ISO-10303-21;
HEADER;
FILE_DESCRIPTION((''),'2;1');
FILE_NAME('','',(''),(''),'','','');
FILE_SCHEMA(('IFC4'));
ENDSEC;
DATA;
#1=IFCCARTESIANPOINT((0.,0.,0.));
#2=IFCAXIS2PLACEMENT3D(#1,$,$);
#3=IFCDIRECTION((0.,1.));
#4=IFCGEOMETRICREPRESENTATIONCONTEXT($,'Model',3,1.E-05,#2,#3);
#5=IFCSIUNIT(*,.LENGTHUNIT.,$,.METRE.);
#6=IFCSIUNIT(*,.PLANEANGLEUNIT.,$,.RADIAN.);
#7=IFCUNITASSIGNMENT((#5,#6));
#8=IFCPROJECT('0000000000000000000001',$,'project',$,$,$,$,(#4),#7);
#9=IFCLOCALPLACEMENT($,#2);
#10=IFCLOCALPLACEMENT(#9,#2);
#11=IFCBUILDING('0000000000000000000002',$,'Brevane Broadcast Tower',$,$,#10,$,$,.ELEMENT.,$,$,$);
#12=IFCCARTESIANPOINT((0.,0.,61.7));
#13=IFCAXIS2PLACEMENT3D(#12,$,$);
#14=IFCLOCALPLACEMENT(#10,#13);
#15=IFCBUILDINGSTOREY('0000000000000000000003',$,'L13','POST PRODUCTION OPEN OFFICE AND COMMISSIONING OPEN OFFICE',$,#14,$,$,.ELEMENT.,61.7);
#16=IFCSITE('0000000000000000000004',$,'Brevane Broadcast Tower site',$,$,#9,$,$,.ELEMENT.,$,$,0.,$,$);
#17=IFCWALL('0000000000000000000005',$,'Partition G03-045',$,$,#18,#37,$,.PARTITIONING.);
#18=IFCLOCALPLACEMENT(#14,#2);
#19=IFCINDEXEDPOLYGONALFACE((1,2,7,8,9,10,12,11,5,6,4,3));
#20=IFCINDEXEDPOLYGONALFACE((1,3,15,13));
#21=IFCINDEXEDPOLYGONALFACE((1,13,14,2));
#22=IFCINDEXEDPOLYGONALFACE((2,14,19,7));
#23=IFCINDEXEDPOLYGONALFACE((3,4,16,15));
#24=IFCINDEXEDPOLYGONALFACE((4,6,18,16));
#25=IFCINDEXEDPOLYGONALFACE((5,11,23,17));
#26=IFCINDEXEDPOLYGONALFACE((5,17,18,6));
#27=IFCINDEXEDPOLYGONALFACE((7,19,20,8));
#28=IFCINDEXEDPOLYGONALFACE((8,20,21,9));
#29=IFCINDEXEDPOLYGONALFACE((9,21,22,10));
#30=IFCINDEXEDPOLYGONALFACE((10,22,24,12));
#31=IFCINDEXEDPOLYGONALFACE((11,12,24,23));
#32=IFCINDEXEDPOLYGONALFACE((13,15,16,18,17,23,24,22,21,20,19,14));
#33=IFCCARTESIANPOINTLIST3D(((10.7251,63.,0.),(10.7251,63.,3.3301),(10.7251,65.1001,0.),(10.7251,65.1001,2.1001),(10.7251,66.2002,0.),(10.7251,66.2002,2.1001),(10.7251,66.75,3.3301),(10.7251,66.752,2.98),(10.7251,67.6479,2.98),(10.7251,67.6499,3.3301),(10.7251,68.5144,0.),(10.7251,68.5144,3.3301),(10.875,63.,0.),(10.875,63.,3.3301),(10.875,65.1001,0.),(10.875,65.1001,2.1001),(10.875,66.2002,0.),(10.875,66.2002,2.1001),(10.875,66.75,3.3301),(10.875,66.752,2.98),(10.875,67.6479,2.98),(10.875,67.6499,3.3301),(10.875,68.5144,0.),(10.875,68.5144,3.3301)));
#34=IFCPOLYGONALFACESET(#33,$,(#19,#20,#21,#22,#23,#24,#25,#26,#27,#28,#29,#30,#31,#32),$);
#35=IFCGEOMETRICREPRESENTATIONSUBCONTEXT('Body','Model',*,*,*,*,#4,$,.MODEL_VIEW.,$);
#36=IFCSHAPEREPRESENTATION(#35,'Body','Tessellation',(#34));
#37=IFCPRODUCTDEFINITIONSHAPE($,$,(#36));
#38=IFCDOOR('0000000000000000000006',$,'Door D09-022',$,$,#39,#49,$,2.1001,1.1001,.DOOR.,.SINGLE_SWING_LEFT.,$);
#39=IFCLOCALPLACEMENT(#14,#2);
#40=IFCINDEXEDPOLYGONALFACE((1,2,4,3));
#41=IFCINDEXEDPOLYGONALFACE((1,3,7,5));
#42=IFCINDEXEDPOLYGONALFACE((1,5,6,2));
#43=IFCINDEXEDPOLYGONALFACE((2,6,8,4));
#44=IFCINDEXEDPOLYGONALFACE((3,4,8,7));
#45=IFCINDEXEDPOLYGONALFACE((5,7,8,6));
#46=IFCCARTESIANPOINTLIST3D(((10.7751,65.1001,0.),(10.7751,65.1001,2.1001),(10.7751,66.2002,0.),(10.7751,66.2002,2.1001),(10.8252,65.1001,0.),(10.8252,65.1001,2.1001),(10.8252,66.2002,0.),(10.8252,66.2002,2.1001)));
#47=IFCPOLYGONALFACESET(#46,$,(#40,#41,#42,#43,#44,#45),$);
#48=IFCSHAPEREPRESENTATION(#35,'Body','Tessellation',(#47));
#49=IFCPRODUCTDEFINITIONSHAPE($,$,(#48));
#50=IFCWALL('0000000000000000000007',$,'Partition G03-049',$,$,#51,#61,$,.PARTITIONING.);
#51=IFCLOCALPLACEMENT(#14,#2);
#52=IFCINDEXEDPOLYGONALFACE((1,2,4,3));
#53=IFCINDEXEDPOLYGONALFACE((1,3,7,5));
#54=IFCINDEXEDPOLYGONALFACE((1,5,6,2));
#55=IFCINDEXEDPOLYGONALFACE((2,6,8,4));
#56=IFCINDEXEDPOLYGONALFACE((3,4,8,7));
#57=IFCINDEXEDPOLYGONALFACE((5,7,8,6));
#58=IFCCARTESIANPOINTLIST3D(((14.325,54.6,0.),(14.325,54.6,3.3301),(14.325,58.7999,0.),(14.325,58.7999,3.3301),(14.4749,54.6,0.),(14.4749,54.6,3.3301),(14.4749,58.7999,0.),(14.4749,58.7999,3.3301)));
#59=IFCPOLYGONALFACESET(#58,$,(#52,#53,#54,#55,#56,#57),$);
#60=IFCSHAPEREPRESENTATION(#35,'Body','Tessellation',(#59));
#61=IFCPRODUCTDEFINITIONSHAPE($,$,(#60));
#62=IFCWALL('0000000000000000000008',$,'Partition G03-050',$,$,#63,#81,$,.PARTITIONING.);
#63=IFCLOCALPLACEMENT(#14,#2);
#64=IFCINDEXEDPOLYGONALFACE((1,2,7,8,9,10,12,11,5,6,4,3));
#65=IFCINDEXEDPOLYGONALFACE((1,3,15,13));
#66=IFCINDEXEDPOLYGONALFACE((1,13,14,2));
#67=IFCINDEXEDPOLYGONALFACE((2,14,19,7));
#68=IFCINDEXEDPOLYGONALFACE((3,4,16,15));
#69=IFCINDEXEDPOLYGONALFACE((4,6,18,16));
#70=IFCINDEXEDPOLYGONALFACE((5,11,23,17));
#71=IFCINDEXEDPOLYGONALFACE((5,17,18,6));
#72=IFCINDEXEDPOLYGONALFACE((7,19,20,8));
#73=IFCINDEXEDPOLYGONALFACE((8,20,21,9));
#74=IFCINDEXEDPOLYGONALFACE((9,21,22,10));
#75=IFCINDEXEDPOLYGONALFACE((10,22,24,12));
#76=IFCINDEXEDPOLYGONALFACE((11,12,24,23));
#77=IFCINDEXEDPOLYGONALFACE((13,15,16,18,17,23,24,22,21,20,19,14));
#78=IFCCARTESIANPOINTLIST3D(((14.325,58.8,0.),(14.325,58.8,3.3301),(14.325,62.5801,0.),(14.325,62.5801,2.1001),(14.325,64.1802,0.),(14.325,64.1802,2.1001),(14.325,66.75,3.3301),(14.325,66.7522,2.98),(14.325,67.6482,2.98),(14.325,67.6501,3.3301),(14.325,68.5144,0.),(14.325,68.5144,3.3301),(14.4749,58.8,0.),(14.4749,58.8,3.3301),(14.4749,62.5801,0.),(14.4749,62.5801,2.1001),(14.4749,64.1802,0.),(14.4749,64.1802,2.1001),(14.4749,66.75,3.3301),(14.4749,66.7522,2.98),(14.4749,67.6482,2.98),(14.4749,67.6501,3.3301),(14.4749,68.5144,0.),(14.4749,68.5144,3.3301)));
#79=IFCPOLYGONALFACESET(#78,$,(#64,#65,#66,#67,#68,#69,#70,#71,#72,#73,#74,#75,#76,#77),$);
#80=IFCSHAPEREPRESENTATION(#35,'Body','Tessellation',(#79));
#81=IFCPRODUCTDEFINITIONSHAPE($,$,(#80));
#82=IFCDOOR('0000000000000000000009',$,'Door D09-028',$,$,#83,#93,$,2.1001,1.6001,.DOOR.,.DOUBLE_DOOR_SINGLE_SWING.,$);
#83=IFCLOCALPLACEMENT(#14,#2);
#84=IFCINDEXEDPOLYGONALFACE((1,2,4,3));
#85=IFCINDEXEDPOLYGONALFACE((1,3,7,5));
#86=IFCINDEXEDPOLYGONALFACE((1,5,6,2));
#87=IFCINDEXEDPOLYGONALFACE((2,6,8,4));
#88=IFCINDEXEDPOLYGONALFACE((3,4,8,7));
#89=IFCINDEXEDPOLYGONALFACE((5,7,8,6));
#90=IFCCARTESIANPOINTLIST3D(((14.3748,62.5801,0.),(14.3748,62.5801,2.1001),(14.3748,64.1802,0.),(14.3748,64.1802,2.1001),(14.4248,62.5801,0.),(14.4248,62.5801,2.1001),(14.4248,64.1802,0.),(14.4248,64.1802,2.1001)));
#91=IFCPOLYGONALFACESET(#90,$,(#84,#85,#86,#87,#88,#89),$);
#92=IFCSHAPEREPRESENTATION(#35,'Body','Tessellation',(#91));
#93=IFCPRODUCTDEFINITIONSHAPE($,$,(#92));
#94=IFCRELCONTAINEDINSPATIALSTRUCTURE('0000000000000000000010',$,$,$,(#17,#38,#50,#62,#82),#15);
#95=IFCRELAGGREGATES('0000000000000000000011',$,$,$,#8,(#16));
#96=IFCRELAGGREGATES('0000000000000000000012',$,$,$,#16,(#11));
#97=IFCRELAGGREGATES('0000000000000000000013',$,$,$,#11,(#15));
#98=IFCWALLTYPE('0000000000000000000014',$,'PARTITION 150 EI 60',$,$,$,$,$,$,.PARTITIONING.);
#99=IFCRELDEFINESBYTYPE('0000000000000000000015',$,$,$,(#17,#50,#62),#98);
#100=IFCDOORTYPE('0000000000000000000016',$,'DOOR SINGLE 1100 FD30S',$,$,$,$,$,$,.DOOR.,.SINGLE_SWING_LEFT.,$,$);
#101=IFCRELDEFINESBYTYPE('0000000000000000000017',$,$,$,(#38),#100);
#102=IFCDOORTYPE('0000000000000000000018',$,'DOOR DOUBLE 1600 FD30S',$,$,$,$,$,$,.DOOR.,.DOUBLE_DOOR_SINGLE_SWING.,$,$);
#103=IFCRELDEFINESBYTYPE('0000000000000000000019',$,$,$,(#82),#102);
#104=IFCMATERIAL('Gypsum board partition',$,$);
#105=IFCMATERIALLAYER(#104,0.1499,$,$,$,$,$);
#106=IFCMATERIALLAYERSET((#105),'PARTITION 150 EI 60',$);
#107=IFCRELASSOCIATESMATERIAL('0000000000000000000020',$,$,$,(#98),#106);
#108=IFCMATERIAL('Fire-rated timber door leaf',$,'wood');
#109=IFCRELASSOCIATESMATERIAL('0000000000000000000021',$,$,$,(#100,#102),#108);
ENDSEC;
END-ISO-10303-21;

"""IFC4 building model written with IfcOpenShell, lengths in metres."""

from ifc_helpers import new_model, si_unit, direction, frame, frame_2d, origin, place, context, subcontext, project, spatial, polyline, rectangle, outline, extrude, material, layer, layer_set, type_object, element, fill, save


model = new_model("IFC4")

# Units and contexts
model_context = context("Model", 3, precision=1e-05, world=origin(), true_north=direction((0.0, 1.0)))
body_context = subcontext(model_context, "Body", "Model", "MODEL_VIEW")
ifc_project = project(units=[si_unit("LENGTHUNIT", "METRE"), si_unit("PLANEANGLEUNIT", "RADIAN")], contexts=[model_context])

# Site, building, storey
site_placement = place(None, origin())
site = spatial("IfcSite", under=ifc_project, at=site_placement, Name="Brevane Broadcast Tower site", CompositionType="ELEMENT", RefElevation=0.0)
building_placement = place(site_placement, origin())
building = spatial("IfcBuilding", under=site, at=building_placement, Name="Brevane Broadcast Tower", CompositionType="ELEMENT")
storey_placement = place(building_placement, frame((0.0, 0.0, 61.7)))
storey = spatial("IfcBuildingStorey", under=building, at=storey_placement, Name="L13", Description="POST PRODUCTION OPEN OFFICE AND COMMISSIONING OPEN OFFICE", CompositionType="ELEMENT", Elevation=61.7)

# Shared definitions
ifc_material_1 = material(Name="Gypsum board partition")

# Wall, opening, door
ifc_layer_1 = layer(ifc_material_1, 0.1499)
ifc_layer_set_1 = layer_set([ifc_layer_1], Name="PARTITION 150 EI 60")
wall_type_1 = type_object("IfcWallType", Name="PARTITION 150 EI 60", PredefinedType="PARTITIONING", material=ifc_layer_set_1)
ifc_material_2 = material(Name="Fire-rated timber door leaf", Category="wood")
door_type_1 = type_object("IfcDoorType", Name="DOOR SINGLE 1100 FD30S", OperationType="SINGLE_SWING_LEFT", PredefinedType="DOOR", material=ifc_material_2)
wall_1_placement = place(storey_placement, frame((10.8, 63.0, 0.0), z_axis=(0.0, 0.0, 1.0), x_axis=(0.0, 1.0, 0.0)))
wall_1 = element("IfcWall", 1, at=wall_1_placement, inside=storey, type_object=wall_type_1, Name="Partition G03-045", PredefinedType="PARTITIONING", context=body_context, shape_type="SweptSolid", body=[
    extrude(outline(polyline([(0.0, 0.0), (5.5144, 0.0), (5.5144, 3.3301), (5.28, 3.3301), (4.6499, 3.3301), (4.6479, 2.98), (3.752, 2.98), (3.75, 3.3301), (0.0, 3.3301), (0.0, 0.0)])), frame((0.0, 0.075, 0.0), z_axis=(0.0, -1.0, 0.0), x_axis=(1.0, 0.0, 0.0)), (0.0, 0.0, 1.0), 0.1499),
])
opening_1_placement = place(wall_1_placement, frame((2.1001, 0.0, 0.0)))
opening_1 = element("IfcOpeningElement", 2, at=opening_1_placement, cuts=wall_1, PredefinedType="OPENING", context=body_context, shape_type="SweptSolid", body=[
    extrude(rectangle(XDim=1.1001, YDim=2.1001, at=frame_2d((0.55, 1.05))), frame((0.0, 0.085, 0.0), z_axis=(0.0, -1.0, 0.0), x_axis=(1.0, 0.0, 0.0)), (0.0, 0.0, 1.0), 0.1699),
])
door_1_placement = place(opening_1_placement, origin())
door_1 = element("IfcDoor", 3, at=door_1_placement, inside=storey, type_object=door_type_1, Name="Door D09-022", OperationType="SINGLE_SWING_LEFT", OverallHeight=2.1001, OverallWidth=1.1001, PredefinedType="DOOR", context=body_context, shape_type="SweptSolid", body=[
    extrude(rectangle(XDim=1.1001, YDim=2.1001, at=frame_2d((0.55, 1.05))), frame((0.0, 0.0249, 0.0), z_axis=(0.0, -1.0, 0.0), x_axis=(1.0, 0.0, 0.0)), (0.0, 0.0, 1.0), 0.05),
])
fill(opening_1, door_1)

# Wall
wall_2_placement = place(storey_placement, frame((14.3999, 58.8, 0.0), z_axis=(0.0, 0.0, 1.0), x_axis=(0.0, -1.0, 0.0)))
element("IfcWall", 4, at=wall_2_placement, inside=storey, type_object=wall_type_1, Name="Partition G03-049", PredefinedType="PARTITIONING", context=body_context, shape_type="SweptSolid", body=[
    extrude(rectangle(XDim=4.2, YDim=0.1499, at=frame_2d((2.1001, 0.0))), origin(), (0.0, 0.0, 1.0), 3.3301),
])

# Wall, opening, door
wall_3_placement = place(storey_placement, frame((14.3999, 68.5144, 0.0), z_axis=(0.0, 0.0, 1.0), x_axis=(0.0, -1.0, 0.0)))
wall_3 = element("IfcWall", 5, at=wall_3_placement, inside=storey, type_object=wall_type_1, Name="Partition G03-050", PredefinedType="PARTITIONING", context=body_context, shape_type="SweptSolid", body=[
    extrude(outline(polyline([(0.0, 0.0), (9.7144, 0.0), (9.7144, 3.3301), (1.7644, 3.3301), (1.7622, 2.98), (0.8662, 2.98), (0.8643, 3.3301), (0.2344, 3.3301), (0.0, 3.3301), (0.0, 0.0)])), frame((0.0, 0.075, 0.0), z_axis=(0.0, -1.0, 0.0), x_axis=(1.0, 0.0, 0.0)), (0.0, 0.0, 1.0), 0.1499),
])
opening_2_placement = place(wall_3_placement, frame((4.3342, 0.0, 0.0)))
opening_2 = element("IfcOpeningElement", 6, at=opening_2_placement, cuts=wall_3, PredefinedType="OPENING", context=body_context, shape_type="SweptSolid", body=[
    extrude(rectangle(XDim=1.6001, YDim=2.1001, at=frame_2d((0.8, 1.05))), frame((0.0, 0.085, 0.0), z_axis=(0.0, -1.0, 0.0), x_axis=(1.0, 0.0, 0.0)), (0.0, 0.0, 1.0), 0.1699),
])
door_type_2 = type_object("IfcDoorType", Name="DOOR DOUBLE 1600 FD30S", OperationType="DOUBLE_DOOR_SINGLE_SWING", PredefinedType="DOOR", material=ifc_material_2)
door_2_placement = place(opening_2_placement, origin())
door_2 = element("IfcDoor", 7, at=door_2_placement, inside=storey, type_object=door_type_2, Name="Door D09-028", OperationType="DOUBLE_DOOR_SINGLE_SWING", OverallHeight=2.1001, OverallWidth=1.6001, PredefinedType="DOOR", context=body_context, shape_type="SweptSolid", body=[
    extrude(rectangle(XDim=1.6001, YDim=2.1001, at=frame_2d((0.8, 1.05))), frame((0.0, 0.0249, 0.0), z_axis=(0.0, -1.0, 0.0), x_axis=(1.0, 0.0, 0.0)), (0.0, 0.0, 1.0), 0.05),
])
fill(opening_2, door_2)

save(model, "model.ifc")
